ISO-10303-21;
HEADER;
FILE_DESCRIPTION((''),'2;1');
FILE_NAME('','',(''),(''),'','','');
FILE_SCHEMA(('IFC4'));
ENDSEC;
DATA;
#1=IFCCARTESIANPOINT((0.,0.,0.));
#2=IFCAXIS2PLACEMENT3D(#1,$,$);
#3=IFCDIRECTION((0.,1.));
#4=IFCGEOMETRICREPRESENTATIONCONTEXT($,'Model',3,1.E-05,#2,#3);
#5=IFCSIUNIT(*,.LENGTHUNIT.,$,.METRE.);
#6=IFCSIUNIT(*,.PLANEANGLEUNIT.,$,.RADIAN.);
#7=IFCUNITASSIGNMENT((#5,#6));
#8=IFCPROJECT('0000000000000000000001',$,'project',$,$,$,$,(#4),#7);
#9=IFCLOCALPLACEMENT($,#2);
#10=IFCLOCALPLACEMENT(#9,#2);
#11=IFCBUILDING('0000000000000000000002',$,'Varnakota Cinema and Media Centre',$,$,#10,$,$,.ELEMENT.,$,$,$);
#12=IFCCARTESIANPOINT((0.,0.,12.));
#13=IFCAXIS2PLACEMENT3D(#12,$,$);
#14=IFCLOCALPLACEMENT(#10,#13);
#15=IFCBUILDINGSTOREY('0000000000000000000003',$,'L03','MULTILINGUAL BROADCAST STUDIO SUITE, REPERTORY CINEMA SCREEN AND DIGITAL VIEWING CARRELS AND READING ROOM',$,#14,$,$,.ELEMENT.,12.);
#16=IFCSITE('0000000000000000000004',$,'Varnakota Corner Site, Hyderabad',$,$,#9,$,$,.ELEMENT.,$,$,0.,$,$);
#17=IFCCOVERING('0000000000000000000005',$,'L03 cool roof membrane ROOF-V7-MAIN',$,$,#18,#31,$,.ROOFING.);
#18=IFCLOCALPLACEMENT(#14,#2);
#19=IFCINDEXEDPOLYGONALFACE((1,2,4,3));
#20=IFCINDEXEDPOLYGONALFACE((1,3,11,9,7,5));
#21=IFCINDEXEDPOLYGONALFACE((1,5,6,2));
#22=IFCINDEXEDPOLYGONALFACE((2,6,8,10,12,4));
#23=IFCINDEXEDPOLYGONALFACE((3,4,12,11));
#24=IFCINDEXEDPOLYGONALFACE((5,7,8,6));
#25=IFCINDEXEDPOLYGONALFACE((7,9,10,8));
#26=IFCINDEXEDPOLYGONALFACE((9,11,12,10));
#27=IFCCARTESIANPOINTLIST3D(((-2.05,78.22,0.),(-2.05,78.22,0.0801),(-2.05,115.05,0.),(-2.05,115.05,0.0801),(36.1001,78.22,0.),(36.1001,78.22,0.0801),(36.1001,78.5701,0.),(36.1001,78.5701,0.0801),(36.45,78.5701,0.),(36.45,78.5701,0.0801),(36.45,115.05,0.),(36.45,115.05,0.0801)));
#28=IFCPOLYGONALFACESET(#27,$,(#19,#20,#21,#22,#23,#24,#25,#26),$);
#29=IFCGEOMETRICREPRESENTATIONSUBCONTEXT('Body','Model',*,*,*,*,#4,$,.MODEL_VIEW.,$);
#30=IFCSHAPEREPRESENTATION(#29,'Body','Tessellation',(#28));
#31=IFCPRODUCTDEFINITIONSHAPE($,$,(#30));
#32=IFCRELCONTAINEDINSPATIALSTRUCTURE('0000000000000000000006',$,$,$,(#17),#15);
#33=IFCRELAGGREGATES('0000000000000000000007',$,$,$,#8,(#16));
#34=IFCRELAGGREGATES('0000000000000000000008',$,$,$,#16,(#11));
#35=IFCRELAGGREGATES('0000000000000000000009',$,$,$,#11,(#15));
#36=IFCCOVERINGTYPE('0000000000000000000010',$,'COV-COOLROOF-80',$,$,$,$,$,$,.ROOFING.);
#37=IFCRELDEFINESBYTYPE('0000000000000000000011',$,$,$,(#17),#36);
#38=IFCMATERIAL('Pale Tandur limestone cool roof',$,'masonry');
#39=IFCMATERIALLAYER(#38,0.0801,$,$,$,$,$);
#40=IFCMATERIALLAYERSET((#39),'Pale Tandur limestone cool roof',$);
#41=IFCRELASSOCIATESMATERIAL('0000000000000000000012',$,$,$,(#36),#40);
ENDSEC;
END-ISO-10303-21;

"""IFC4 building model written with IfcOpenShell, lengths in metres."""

from ifc_helpers import new_model, si_unit, direction, frame, origin, place, context, subcontext, project, spatial, polyline, outline, extrude, material, layer, layer_set, type_object, element, save


model = new_model("IFC4")

# Units and contexts
model_context = context("Model", 3, precision=1e-05, world=origin(), true_north=direction((0.0, 1.0)))
body_context = subcontext(model_context, "Body", "Model", "MODEL_VIEW")
ifc_project = project(units=[si_unit("LENGTHUNIT", "METRE"), si_unit("PLANEANGLEUNIT", "RADIAN")], contexts=[model_context])

# Site, building, storey
site_placement = place(None, origin())
site = spatial("IfcSite", under=ifc_project, at=site_placement, Name="Varnakota Corner Site, Hyderabad", CompositionType="ELEMENT", RefElevation=0.0)
building_placement = place(site_placement, origin())
building = spatial("IfcBuilding", under=site, at=building_placement, Name="Varnakota Cinema and Media Centre", CompositionType="ELEMENT")
storey_placement = place(building_placement, frame((0.0, 0.0, 12.0)))
storey = spatial("IfcBuildingStorey", under=building, at=storey_placement, Name="L03", Description="MULTILINGUAL BROADCAST STUDIO SUITE, REPERTORY CINEMA SCREEN AND DIGITAL VIEWING CARRELS AND READING ROOM", CompositionType="ELEMENT", Elevation=12.0)

# Covering
ifc_material_1 = material(Name="Pale Tandur limestone cool roof", Category="masonry")
ifc_layer_1 = layer(ifc_material_1, 0.0801)
ifc_layer_set_1 = layer_set([ifc_layer_1], Name="Pale Tandur limestone cool roof")
covering_type = type_object("IfcCoveringType", Name="COV-COOLROOF-80", PredefinedType="ROOFING", material=ifc_layer_set_1)
covering_1_placement = place(storey_placement, origin())
element("IfcCovering", 1, at=covering_1_placement, inside=storey, type_object=covering_type, Name="L03 cool roof membrane ROOF-V7-MAIN", PredefinedType="ROOFING", context=body_context, shape_type="SweptSolid", body=[
    extrude(outline(polyline([(-2.05, 78.22), (36.1001, 78.22), (36.1001, 78.5701), (36.45, 78.5701), (36.45, 115.05), (-2.05, 115.05), (-2.05, 78.22)])), origin(), (0.0, 0.0, 1.0), 0.0801),
])

save(model, "model.ifc")
